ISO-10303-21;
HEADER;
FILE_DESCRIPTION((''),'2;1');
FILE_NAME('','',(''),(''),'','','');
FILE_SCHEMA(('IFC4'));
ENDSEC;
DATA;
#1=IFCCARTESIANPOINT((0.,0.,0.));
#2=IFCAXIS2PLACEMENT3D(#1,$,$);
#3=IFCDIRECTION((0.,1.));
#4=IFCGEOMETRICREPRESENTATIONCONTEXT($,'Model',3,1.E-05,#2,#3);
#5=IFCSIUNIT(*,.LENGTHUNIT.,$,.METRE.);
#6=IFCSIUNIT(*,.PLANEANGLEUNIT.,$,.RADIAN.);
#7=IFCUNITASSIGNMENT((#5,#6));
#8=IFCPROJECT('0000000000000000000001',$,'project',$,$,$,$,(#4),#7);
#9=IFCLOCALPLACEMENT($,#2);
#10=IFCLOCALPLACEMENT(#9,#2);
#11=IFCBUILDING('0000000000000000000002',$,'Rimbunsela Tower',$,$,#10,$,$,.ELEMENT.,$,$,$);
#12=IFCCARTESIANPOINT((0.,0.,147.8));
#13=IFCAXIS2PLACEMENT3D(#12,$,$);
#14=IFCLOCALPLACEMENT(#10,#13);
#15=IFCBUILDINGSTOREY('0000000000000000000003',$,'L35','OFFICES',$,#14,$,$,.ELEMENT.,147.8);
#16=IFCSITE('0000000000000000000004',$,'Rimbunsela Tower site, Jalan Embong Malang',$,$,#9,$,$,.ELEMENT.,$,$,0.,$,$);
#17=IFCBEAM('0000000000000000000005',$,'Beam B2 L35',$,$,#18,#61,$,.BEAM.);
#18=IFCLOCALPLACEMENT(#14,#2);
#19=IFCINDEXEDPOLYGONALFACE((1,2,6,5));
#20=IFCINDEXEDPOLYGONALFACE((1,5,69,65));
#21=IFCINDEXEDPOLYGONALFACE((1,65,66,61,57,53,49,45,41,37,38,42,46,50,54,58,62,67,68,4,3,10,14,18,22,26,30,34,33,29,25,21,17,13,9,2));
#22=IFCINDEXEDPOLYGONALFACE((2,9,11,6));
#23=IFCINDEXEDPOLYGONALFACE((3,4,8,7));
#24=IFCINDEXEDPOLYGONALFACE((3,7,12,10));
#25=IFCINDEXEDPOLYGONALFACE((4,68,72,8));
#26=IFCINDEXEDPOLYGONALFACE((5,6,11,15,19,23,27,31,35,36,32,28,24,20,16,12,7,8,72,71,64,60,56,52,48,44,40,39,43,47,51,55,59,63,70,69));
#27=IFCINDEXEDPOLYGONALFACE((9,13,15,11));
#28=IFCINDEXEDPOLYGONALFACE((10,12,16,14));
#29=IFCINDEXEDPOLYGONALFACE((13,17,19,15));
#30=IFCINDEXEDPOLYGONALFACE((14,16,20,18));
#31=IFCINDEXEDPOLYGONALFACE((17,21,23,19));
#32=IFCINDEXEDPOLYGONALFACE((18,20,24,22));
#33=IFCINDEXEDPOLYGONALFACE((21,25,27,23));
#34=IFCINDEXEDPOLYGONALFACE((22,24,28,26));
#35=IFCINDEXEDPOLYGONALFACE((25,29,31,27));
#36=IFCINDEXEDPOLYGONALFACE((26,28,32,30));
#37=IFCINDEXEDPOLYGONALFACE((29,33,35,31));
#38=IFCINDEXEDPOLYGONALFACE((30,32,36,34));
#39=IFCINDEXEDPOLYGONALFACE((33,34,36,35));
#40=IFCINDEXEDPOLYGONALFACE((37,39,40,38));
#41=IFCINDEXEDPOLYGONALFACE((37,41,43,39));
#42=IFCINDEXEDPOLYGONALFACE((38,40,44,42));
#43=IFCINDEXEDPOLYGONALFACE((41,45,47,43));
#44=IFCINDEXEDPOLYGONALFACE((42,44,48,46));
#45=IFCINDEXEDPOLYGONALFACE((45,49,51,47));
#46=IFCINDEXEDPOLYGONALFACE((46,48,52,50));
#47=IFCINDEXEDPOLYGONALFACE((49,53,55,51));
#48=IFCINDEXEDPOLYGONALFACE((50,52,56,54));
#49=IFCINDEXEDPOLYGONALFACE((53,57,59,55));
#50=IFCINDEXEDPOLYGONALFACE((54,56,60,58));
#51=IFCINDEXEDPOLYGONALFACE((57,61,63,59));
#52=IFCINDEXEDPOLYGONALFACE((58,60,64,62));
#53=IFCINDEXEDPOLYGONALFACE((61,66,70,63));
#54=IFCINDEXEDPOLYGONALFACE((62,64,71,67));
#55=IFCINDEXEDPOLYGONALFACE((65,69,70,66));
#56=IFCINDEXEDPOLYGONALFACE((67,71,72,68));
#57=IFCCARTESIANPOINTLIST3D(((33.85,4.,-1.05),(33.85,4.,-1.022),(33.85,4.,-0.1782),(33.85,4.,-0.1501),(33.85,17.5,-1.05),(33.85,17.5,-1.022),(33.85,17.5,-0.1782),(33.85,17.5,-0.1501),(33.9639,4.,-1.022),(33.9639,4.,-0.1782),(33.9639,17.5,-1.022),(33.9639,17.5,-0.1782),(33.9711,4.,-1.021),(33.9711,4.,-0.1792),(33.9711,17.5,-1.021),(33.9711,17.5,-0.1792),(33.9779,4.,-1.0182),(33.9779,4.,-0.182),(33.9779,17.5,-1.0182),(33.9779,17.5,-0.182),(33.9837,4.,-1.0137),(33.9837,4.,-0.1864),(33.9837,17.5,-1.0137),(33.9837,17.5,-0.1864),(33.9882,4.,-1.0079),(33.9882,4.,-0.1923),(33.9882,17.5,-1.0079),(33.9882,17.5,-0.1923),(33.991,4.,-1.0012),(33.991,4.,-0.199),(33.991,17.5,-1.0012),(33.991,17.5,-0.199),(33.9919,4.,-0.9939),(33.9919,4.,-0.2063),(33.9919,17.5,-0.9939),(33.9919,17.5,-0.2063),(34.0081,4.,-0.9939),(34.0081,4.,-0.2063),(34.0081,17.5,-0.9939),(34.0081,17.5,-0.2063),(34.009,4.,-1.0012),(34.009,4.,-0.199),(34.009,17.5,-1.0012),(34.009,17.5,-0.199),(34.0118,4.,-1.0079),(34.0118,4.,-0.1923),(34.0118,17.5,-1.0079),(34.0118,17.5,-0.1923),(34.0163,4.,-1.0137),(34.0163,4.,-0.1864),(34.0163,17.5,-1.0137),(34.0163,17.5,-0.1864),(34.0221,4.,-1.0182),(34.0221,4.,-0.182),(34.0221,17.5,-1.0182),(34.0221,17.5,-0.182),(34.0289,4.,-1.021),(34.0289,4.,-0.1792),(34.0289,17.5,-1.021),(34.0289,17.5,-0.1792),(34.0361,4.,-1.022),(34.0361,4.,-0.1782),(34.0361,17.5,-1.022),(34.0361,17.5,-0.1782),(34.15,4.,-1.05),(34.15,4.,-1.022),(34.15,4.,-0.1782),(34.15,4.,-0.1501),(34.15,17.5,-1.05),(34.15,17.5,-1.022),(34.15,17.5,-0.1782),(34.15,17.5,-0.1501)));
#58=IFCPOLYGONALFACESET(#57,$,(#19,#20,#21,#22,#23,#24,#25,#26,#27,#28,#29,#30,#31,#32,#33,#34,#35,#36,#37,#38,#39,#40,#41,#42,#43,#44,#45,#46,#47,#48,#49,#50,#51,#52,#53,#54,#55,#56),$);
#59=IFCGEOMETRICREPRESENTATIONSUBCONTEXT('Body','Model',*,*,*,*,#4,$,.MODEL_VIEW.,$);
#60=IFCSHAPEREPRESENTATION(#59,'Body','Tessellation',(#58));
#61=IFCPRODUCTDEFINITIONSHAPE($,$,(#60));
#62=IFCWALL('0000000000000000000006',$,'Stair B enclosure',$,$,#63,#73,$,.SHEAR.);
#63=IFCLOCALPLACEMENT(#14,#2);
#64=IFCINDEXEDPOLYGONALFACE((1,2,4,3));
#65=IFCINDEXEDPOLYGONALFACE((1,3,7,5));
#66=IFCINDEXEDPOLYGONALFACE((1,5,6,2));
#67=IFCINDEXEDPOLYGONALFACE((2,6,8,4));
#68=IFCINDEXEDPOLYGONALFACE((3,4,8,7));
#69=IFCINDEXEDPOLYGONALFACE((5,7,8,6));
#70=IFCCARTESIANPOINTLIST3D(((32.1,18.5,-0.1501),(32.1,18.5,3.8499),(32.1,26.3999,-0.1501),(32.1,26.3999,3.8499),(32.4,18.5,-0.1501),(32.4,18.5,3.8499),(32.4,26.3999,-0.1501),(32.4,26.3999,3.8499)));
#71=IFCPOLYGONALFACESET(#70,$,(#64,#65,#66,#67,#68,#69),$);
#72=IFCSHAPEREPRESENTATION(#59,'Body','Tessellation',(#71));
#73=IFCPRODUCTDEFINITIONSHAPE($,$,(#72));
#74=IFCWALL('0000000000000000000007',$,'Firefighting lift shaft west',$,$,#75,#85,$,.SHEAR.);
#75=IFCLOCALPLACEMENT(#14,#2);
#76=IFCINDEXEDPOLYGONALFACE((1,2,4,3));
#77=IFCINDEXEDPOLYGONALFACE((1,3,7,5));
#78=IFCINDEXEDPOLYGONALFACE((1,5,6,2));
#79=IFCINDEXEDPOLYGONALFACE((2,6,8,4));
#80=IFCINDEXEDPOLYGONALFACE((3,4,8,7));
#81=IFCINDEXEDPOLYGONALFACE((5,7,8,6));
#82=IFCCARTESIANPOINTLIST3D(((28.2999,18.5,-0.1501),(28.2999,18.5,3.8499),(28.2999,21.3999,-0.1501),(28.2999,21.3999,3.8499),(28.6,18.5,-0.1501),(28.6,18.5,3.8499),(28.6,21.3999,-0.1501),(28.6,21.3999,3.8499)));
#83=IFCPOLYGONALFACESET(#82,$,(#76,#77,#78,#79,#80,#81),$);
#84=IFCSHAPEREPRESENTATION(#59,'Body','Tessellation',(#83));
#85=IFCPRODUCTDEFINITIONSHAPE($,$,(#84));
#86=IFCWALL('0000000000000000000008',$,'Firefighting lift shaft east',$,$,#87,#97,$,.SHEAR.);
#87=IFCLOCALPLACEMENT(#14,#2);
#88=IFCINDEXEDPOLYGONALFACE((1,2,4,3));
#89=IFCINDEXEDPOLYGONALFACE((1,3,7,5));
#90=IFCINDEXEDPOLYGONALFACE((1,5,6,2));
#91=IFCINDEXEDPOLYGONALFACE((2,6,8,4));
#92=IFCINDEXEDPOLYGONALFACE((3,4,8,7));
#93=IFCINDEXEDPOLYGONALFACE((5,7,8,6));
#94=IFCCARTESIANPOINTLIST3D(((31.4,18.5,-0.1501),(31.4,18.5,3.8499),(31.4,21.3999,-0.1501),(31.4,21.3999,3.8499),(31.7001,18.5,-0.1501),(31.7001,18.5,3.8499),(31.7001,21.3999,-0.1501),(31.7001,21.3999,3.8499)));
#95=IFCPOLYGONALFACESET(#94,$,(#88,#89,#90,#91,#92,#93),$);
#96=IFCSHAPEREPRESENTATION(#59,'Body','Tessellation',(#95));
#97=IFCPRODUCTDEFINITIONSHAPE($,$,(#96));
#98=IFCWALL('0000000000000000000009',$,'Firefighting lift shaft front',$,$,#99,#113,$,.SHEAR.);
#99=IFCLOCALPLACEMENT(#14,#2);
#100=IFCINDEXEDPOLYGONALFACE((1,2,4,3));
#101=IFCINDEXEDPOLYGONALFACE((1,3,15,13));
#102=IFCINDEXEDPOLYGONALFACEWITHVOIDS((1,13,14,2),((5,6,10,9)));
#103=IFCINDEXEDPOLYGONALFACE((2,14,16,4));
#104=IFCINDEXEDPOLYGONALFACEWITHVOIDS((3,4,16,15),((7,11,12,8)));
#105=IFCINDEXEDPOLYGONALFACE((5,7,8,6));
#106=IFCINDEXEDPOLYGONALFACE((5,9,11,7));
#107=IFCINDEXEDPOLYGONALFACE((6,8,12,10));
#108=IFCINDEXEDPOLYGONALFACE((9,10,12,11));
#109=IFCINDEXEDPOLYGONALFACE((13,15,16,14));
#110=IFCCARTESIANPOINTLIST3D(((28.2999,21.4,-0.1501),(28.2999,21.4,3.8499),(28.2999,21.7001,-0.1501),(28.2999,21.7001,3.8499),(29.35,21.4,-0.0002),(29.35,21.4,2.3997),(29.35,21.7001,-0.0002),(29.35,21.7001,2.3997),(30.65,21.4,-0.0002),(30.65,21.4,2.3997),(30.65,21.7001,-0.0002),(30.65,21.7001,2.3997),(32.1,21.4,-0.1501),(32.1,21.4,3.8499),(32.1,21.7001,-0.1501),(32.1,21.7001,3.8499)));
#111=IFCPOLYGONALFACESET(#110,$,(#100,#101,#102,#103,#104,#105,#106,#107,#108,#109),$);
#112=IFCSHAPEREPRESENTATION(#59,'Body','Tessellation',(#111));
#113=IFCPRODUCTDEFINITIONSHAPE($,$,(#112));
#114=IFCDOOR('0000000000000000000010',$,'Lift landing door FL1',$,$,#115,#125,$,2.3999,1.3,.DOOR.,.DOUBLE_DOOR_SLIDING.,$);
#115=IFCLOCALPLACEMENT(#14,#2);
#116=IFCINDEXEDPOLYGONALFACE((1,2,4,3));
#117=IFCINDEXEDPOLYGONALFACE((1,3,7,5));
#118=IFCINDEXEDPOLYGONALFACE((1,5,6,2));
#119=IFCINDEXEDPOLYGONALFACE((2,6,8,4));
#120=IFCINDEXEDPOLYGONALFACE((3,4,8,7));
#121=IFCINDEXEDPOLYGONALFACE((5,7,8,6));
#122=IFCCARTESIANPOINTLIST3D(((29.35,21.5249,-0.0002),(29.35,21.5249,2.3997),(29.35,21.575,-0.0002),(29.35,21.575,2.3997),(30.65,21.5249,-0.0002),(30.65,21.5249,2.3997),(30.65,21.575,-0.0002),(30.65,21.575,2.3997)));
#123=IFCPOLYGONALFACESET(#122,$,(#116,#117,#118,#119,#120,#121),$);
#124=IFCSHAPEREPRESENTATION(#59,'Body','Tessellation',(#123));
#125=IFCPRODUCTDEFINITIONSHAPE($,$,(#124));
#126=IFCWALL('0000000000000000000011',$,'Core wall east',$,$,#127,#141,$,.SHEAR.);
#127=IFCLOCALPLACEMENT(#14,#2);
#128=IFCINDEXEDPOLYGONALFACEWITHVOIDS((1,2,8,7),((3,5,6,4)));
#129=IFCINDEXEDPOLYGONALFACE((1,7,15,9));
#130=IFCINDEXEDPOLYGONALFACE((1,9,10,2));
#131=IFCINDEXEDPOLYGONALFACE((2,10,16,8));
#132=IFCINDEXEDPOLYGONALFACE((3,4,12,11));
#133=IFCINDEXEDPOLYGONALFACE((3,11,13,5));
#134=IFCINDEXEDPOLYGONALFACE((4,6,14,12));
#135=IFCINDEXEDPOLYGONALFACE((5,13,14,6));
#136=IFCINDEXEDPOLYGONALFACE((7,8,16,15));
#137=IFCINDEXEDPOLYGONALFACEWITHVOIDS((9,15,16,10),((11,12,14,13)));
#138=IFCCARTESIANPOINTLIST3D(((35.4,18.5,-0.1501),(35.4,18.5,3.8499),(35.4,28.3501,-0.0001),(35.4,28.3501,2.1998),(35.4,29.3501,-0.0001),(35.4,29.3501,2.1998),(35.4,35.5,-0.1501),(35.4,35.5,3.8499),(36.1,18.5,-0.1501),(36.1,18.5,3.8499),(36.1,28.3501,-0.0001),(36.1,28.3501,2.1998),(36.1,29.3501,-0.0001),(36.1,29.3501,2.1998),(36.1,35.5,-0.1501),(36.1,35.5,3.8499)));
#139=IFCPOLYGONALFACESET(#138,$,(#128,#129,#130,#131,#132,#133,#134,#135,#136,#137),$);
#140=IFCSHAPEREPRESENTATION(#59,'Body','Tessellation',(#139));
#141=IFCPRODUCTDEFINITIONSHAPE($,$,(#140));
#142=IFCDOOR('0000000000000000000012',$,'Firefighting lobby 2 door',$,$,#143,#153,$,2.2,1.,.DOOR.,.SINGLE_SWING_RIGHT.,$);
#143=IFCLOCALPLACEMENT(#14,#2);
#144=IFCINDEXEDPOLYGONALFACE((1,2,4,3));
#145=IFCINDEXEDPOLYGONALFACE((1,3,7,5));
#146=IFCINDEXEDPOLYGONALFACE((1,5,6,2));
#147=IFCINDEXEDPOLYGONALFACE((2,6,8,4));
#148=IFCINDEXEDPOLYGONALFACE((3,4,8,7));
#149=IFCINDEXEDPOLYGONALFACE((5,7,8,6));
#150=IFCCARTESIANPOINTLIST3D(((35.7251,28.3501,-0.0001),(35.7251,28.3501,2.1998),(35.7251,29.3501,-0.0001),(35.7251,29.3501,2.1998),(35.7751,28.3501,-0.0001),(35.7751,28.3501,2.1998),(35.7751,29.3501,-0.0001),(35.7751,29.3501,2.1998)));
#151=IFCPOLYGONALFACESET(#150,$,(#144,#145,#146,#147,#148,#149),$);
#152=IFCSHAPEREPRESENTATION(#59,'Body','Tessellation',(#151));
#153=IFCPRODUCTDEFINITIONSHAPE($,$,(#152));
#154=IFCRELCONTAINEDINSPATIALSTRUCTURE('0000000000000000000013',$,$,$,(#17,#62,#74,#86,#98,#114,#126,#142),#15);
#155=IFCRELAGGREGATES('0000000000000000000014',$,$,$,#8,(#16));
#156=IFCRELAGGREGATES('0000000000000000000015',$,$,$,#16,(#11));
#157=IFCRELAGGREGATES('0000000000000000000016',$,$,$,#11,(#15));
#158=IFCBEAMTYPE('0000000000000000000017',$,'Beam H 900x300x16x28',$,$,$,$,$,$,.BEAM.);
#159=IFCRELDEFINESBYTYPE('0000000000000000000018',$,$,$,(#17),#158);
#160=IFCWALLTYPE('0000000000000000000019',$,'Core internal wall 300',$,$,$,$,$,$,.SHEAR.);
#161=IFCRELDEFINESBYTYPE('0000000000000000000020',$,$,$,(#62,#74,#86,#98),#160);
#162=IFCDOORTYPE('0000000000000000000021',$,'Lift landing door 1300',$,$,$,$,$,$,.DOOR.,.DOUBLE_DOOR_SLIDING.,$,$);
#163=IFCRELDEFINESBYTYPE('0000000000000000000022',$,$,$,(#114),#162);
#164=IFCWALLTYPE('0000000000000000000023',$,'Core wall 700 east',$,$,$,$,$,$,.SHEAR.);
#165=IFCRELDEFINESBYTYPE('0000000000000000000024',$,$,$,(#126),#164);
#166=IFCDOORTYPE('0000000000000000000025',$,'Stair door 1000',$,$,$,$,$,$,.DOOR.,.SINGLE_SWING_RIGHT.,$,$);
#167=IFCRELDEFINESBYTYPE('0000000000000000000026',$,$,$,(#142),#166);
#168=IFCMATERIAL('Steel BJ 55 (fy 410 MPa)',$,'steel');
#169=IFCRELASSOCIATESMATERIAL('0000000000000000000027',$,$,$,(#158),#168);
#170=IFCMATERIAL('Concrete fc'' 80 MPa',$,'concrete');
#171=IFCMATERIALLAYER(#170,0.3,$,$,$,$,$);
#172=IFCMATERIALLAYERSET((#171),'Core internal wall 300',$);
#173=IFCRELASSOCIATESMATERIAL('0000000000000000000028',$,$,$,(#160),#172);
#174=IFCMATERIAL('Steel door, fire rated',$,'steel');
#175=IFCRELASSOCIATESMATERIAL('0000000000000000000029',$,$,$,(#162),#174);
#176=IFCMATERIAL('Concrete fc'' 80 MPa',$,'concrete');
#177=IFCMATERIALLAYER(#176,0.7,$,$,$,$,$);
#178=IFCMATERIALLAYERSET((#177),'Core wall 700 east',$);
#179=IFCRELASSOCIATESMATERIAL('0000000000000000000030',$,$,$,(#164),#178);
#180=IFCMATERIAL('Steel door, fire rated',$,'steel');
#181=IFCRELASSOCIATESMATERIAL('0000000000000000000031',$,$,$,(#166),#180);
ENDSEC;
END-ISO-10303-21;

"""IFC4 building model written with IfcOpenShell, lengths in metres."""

from ifc_helpers import new_model, si_unit, direction, frame, frame_2d, origin, origin_2d, place, context, subcontext, project, spatial, rectangle, i_section, extrude, material, layer, layer_set, material_profile, profile_set, type_object, element, fill, save


model = new_model("IFC4")

# Units and contexts
model_context = context("Model", 3, precision=1e-05, world=origin(), true_north=direction((0.0, 1.0)))
body_context = subcontext(model_context, "Body", "Model", "MODEL_VIEW")
ifc_project = project(units=[si_unit("LENGTHUNIT", "METRE"), si_unit("PLANEANGLEUNIT", "RADIAN")], contexts=[model_context])

# Site, building, storey
site_placement = place(None, origin())
site = spatial("IfcSite", under=ifc_project, at=site_placement, Name="Rimbunsela Tower site, Jalan Embong Malang", CompositionType="ELEMENT", RefElevation=0.0)
building_placement = place(site_placement, origin())
building = spatial("IfcBuilding", under=site, at=building_placement, Name="Rimbunsela Tower", CompositionType="ELEMENT")
storey_placement = place(building_placement, frame((0.0, 0.0, 147.8)))
storey = spatial("IfcBuildingStorey", under=building, at=storey_placement, Name="L35", Description="OFFICES", CompositionType="ELEMENT", Elevation=147.8)

# Beam
ifc_material_1 = material(Name="Steel BJ 55 (fy 410 MPa)", Category="steel")
ifc_material_profile_1 = material_profile(ifc_material_1, i_section(OverallWidth=0.3, OverallDepth=0.8999, WebThickness=0.0161, FlangeThickness=0.0281, FilletRadius=0.0281, at=origin_2d()), Name="H 900x300x16x28")
ifc_profile_set_1 = profile_set([ifc_material_profile_1], Name="Steel BJ 55 (fy 410 MPa)")
beam_type_1 = type_object("IfcBeamType", Name="Beam H 900x300x16x28", PredefinedType="BEAM", material=ifc_profile_set_1)
beam_1_placement = place(storey_placement, frame((34.0, 4.0, -0.6001), z_axis=(0.0, 1.0, 0.0), x_axis=(-1.0, 0.0, 0.0)))
element("IfcBeam", 1, at=beam_1_placement, inside=storey, type_object=beam_type_1, Name="Beam B2 L35", PredefinedType="BEAM", context=body_context, shape_type="SweptSolid", body=[
    extrude(i_section(OverallWidth=0.3, OverallDepth=0.8999, WebThickness=0.0161, FlangeThickness=0.0281, FilletRadius=0.0281, at=origin_2d()), origin(), (0.0, 0.0, 1.0), 13.5),
])

# Walls
ifc_material_2 = material(Name="Concrete fc' 80 MPa", Category="concrete")
ifc_layer_1 = layer(ifc_material_2, 0.3)
ifc_layer_set_1 = layer_set([ifc_layer_1], Name="Core internal wall 300")
wall_type_1 = type_object("IfcWallType", Name="Core internal wall 300", PredefinedType="SHEAR", material=ifc_layer_set_1)
wall_1_placement = place(storey_placement, frame((32.25, 18.5, -0.1501), z_axis=(0.0, 0.0, 1.0), x_axis=(0.0, 1.0, 0.0)))
element("IfcWall", 2, at=wall_1_placement, inside=storey, type_object=wall_type_1, Name="Stair B enclosure", PredefinedType="SHEAR", context=body_context, shape_type="SweptSolid", body=[
    extrude(rectangle(XDim=7.8999, YDim=0.3, at=frame_2d((3.95, 0.0))), origin(), (0.0, 0.0, 1.0), 4.0),
])
for number, where, z_axis, x_axis, name in (
    (3, (28.45, 18.5, -0.1501), (0.0, 0.0, 1.0), (0.0, 1.0, 0.0), "Firefighting lift shaft west"),
    (4, (31.55, 18.5, -0.1501), (0.0, 0.0, 1.0), (0.0, 1.0, 0.0), "Firefighting lift shaft east"),
):
    element("IfcWall", number, at=place(storey_placement, frame(where, z_axis=z_axis, x_axis=x_axis)), inside=storey, type_object=wall_type_1, Name=name, PredefinedType="SHEAR", context=body_context, shape_type="SweptSolid", body=[
        extrude(rectangle(XDim=2.8999, YDim=0.3, at=frame_2d((1.45, 0.0))), origin(), (0.0, 0.0, 1.0), 4.0),
    ])

# Walls, openings, doors
wall_2_placement = place(storey_placement, frame((28.3, 21.55, -0.1501), z_axis=(0.0, 0.0, 1.0), x_axis=(1.0, 0.0, 0.0)))
wall_2 = element("IfcWall", 5, at=wall_2_placement, inside=storey, type_object=wall_type_1, Name="Firefighting lift shaft front", PredefinedType="SHEAR", context=body_context, shape_type="SweptSolid", body=[
    extrude(rectangle(XDim=3.8, YDim=0.3, at=frame_2d((1.8999, 0.0))), origin(), (0.0, 0.0, 1.0), 4.0),
])
opening_1_placement = place(wall_2_placement, frame((1.05, 0.0, 0.1499)))
opening_1 = element("IfcOpeningElement", 6, at=opening_1_placement, cuts=wall_2, PredefinedType="OPENING", context=body_context, shape_type="SweptSolid", body=[
    extrude(rectangle(XDim=1.3, YDim=2.3999, at=frame_2d((0.6499, 1.2))), frame((0.0, 0.1599, 0.0), z_axis=(0.0, -1.0, 0.0), x_axis=(1.0, 0.0, 0.0)), (0.0, 0.0, 1.0), 0.3201),
])
ifc_material_3 = material(Name="Steel door, fire rated", Category="steel")
door_type_1 = type_object("IfcDoorType", Name="Lift landing door 1300", OperationType="DOUBLE_DOOR_SLIDING", PredefinedType="DOOR", material=ifc_material_3)
door_1_placement = place(opening_1_placement, origin())
door_1 = element("IfcDoor", 7, at=door_1_placement, inside=storey, type_object=door_type_1, Name="Lift landing door FL1", OperationType="DOUBLE_DOOR_SLIDING", OverallHeight=2.3999, OverallWidth=1.3, PredefinedType="DOOR", context=body_context, shape_type="SweptSolid", body=[
    extrude(rectangle(XDim=1.3, YDim=2.3999, at=frame_2d((0.6499, 1.2))), frame((0.0, 0.0249, 0.0), z_axis=(0.0, -1.0, 0.0), x_axis=(1.0, 0.0, 0.0)), (0.0, 0.0, 1.0), 0.05),
])
fill(opening_1, door_1)
ifc_material_4 = material(Name="Concrete fc' 80 MPa", Category="concrete")
ifc_layer_2 = layer(ifc_material_4, 0.7)
ifc_layer_set_2 = layer_set([ifc_layer_2], Name="Core wall 700 east")
wall_type_2 = type_object("IfcWallType", Name="Core wall 700 east", PredefinedType="SHEAR", material=ifc_layer_set_2)
wall_3_placement = place(storey_placement, frame((35.75, 18.5, -0.1501), z_axis=(0.0, 0.0, 1.0), x_axis=(0.0, 1.0, 0.0)))
wall_3 = element("IfcWall", 8, at=wall_3_placement, inside=storey, type_object=wall_type_2, Name="Core wall east", PredefinedType="SHEAR", context=body_context, shape_type="SweptSolid", body=[
    extrude(rectangle(XDim=17.0, YDim=0.7, at=frame_2d((8.5, 0.0))), origin(), (0.0, 0.0, 1.0), 4.0),
])
opening_2_placement = place(wall_3_placement, frame((9.8501, 0.0, 0.1499)))
opening_2 = element("IfcOpeningElement", 9, at=opening_2_placement, cuts=wall_3, PredefinedType="OPENING", context=body_context, shape_type="SweptSolid", body=[
    extrude(rectangle(XDim=1.0, YDim=2.2, at=frame_2d((0.5, 1.1001))), frame((0.0, 0.3599, 0.0), z_axis=(0.0, -1.0, 0.0), x_axis=(1.0, 0.0, 0.0)), (0.0, 0.0, 1.0), 0.72),
])
ifc_material_5 = material(Name="Steel door, fire rated", Category="steel")
door_type_2 = type_object("IfcDoorType", Name="Stair door 1000", OperationType="SINGLE_SWING_RIGHT", PredefinedType="DOOR", material=ifc_material_5)
door_2_placement = place(opening_2_placement, origin())
door_2 = element("IfcDoor", 10, at=door_2_placement, inside=storey, type_object=door_type_2, Name="Firefighting lobby 2 door", OperationType="SINGLE_SWING_RIGHT", OverallHeight=2.2, OverallWidth=1.0, PredefinedType="DOOR", context=body_context, shape_type="SweptSolid", body=[
    extrude(rectangle(XDim=1.0, YDim=2.2, at=frame_2d((0.5, 1.1001))), frame((0.0, 0.0249, 0.0), z_axis=(0.0, -1.0, 0.0), x_axis=(1.0, 0.0, 0.0)), (0.0, 0.0, 1.0), 0.05),
])
fill(opening_2, door_2)

save(model, "model.ifc")
